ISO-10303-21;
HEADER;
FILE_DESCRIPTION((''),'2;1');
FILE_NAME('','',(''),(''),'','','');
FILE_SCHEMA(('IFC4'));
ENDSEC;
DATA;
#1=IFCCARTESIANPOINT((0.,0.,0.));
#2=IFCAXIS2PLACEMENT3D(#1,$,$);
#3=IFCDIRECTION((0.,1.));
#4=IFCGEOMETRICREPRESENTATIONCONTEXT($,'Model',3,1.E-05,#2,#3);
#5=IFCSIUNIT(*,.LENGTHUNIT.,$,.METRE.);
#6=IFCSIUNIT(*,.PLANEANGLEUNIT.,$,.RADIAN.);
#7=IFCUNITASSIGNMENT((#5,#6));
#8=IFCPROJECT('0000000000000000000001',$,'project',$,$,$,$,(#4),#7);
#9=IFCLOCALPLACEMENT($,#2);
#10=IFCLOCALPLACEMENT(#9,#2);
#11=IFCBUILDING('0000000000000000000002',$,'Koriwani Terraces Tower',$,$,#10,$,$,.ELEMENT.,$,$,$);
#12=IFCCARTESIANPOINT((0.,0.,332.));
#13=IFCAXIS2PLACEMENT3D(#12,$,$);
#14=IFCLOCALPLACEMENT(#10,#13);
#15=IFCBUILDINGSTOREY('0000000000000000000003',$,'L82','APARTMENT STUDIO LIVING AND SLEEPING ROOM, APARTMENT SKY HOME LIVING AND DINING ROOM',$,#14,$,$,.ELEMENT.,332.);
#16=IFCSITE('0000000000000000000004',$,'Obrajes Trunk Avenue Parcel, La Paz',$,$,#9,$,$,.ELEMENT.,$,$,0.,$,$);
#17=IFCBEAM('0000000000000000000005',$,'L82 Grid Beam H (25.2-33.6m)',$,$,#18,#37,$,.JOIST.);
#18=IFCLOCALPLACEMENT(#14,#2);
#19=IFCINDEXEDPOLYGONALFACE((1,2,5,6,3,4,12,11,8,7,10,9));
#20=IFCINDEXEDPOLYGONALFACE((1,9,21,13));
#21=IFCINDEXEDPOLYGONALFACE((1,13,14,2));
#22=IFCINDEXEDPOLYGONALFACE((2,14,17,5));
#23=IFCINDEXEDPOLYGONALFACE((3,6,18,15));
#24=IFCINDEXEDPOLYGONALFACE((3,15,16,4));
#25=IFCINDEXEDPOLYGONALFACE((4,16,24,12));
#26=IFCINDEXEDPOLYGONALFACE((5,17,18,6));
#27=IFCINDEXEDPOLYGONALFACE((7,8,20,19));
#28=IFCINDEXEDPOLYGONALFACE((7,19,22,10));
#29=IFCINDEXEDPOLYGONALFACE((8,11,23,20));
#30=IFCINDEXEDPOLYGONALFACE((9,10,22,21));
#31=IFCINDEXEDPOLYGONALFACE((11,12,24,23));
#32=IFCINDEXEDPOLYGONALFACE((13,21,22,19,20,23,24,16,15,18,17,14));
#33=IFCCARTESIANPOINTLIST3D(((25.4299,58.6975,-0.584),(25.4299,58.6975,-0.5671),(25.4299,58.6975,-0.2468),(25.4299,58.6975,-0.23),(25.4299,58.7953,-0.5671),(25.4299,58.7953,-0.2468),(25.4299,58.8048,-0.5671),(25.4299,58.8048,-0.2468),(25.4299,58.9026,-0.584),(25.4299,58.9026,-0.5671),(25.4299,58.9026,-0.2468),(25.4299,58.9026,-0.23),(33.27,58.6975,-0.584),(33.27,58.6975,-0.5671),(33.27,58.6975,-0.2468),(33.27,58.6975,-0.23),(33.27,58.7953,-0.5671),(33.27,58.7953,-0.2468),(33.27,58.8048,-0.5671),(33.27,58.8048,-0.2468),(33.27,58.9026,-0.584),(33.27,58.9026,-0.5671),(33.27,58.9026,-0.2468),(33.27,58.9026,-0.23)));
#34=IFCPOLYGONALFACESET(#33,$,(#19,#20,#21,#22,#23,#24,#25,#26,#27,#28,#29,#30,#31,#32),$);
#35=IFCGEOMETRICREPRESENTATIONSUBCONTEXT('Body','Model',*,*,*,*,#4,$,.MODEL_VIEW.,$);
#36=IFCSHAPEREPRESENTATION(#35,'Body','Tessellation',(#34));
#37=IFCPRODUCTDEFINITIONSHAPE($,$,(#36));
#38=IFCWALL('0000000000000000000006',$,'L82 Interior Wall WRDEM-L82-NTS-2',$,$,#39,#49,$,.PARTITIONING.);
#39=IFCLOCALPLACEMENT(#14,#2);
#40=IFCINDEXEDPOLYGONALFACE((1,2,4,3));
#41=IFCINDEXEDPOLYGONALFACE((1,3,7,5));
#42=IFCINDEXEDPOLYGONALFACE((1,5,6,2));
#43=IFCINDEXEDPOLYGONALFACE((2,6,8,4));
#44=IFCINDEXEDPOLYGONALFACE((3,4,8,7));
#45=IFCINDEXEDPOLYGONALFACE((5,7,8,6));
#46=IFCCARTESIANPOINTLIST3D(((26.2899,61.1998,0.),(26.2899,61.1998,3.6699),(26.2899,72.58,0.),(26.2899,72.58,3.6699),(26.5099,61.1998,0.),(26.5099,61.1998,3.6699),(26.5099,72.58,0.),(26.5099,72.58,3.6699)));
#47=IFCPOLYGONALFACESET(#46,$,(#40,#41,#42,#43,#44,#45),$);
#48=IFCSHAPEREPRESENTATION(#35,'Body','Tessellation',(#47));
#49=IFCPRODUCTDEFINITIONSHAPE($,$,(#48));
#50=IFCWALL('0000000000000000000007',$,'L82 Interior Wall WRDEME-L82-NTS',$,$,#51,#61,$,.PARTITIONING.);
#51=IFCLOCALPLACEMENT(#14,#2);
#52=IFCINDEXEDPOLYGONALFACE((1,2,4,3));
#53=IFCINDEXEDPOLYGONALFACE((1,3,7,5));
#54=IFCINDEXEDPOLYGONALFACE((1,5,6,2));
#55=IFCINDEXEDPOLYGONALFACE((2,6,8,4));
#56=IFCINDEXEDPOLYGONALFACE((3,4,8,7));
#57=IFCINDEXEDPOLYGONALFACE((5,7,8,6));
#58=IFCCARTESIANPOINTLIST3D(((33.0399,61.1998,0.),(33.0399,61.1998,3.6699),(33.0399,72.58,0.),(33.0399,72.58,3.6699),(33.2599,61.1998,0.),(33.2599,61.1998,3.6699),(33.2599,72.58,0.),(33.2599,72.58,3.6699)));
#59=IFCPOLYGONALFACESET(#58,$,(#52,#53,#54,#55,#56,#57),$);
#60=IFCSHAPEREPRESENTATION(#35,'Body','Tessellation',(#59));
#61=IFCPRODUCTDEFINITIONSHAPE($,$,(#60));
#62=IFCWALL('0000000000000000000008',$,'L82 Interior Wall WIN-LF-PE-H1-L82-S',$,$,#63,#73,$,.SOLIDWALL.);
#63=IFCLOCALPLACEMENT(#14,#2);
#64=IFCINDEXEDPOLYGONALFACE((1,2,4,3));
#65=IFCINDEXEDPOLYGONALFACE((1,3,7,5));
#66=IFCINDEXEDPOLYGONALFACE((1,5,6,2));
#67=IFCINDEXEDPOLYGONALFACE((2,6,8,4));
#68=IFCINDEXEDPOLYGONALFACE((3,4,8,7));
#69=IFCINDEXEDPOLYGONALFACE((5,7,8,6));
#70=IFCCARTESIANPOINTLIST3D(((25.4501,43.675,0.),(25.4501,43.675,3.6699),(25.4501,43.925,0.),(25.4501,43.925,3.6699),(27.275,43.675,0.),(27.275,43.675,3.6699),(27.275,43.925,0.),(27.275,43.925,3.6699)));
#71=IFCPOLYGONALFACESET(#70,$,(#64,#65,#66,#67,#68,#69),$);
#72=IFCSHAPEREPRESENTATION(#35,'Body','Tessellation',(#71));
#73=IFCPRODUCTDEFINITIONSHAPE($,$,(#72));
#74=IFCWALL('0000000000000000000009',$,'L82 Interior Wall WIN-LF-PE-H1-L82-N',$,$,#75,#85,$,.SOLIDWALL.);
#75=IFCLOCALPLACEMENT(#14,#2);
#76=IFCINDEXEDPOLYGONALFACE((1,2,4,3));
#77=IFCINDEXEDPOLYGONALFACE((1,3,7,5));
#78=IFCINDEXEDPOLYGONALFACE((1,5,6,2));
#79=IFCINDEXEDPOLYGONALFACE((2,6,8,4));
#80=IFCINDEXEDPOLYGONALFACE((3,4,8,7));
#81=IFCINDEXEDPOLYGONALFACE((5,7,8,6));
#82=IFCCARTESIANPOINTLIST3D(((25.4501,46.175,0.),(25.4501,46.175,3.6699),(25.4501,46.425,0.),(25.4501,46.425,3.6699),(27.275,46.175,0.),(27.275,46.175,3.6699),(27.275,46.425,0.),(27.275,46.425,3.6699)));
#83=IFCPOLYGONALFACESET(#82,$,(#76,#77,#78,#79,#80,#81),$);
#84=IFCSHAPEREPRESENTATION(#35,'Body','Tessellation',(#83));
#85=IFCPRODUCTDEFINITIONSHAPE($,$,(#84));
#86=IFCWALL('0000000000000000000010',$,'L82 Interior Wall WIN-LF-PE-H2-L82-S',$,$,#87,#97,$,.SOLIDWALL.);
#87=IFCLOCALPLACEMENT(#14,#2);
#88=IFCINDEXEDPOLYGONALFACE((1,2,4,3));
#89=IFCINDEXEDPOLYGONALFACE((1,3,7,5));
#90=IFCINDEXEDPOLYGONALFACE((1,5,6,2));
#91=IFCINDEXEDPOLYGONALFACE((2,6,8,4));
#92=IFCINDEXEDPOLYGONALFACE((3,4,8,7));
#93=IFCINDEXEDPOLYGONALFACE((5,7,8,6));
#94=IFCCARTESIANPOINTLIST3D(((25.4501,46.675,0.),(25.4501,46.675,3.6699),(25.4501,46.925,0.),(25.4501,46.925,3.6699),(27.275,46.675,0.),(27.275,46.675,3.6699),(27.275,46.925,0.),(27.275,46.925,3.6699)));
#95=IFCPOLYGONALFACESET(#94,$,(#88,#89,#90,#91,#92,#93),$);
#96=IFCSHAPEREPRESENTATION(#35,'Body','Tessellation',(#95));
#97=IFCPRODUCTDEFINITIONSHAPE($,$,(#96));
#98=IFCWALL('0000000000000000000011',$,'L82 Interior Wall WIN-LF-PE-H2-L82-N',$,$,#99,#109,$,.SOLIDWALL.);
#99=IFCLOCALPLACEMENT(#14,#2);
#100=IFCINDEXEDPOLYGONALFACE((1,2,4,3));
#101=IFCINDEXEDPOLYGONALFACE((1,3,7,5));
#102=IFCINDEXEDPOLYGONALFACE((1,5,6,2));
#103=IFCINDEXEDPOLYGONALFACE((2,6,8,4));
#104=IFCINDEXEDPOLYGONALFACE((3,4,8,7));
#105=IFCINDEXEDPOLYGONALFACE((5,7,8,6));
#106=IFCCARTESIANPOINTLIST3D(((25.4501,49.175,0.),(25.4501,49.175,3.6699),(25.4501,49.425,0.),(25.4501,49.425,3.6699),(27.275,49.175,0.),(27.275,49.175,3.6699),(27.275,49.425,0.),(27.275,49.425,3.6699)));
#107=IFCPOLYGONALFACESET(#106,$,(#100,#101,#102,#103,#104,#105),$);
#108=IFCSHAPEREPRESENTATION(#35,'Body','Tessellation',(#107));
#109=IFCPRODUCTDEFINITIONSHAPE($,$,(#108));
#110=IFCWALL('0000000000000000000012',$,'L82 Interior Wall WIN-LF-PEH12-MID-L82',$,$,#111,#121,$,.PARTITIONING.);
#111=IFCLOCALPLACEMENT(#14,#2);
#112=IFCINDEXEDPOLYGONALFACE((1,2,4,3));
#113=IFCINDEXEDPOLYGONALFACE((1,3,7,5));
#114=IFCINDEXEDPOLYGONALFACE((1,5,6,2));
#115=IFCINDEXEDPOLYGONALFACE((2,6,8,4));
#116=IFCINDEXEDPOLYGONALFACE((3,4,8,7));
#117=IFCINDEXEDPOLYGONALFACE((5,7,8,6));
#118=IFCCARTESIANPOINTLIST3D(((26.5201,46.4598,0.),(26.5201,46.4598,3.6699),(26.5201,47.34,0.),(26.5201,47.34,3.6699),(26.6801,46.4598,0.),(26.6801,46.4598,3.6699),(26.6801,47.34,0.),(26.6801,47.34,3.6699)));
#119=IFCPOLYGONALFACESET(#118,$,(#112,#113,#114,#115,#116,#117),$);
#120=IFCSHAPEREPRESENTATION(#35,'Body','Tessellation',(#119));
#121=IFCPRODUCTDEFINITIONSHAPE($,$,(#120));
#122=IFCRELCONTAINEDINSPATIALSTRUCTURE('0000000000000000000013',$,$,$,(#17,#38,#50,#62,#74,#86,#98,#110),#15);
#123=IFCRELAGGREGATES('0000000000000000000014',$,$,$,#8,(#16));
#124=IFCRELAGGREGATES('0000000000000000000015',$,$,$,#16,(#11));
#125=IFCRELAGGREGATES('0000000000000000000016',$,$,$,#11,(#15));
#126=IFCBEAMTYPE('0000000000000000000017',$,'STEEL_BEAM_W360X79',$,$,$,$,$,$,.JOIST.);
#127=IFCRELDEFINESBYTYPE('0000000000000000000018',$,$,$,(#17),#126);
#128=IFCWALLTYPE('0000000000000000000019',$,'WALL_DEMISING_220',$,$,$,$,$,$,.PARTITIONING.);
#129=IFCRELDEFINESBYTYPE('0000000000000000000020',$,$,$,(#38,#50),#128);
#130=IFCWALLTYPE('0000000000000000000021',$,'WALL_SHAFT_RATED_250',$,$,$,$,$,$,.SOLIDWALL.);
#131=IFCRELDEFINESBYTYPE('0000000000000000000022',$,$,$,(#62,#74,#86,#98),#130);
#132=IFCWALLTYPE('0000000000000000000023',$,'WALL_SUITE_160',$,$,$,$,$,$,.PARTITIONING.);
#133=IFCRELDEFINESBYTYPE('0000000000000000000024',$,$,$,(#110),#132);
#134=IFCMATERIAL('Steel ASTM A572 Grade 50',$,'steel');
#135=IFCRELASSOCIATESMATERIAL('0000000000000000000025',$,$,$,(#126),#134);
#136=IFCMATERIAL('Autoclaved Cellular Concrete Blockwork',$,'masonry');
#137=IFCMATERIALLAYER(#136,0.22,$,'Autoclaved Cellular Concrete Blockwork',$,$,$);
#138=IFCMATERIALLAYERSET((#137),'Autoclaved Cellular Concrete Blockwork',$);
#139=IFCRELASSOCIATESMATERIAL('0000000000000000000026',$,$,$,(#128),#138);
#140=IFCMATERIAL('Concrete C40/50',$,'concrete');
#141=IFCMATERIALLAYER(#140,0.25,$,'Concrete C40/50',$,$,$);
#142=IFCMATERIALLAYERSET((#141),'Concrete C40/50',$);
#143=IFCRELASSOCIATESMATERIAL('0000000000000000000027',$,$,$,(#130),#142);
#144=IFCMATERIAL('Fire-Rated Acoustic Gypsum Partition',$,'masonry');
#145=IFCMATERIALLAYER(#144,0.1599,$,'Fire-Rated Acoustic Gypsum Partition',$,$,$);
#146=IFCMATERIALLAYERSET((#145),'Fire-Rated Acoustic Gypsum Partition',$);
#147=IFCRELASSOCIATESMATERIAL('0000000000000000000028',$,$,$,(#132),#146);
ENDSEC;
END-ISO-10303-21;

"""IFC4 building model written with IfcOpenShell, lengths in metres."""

from ifc_helpers import new_model, si_unit, direction, frame, frame_2d, origin, origin_2d, place, context, subcontext, project, spatial, rectangle, i_section, extrude, material, layer, layer_set, material_profile, profile_set, type_object, element, save


model = new_model("IFC4")

# Units and contexts
model_context = context("Model", 3, precision=1e-05, world=origin(), true_north=direction((0.0, 1.0)))
body_context = subcontext(model_context, "Body", "Model", "MODEL_VIEW")
ifc_project = project(units=[si_unit("LENGTHUNIT", "METRE"), si_unit("PLANEANGLEUNIT", "RADIAN")], contexts=[model_context])

# Site, building, storey
site_placement = place(None, origin())
site = spatial("IfcSite", under=ifc_project, at=site_placement, Name="Obrajes Trunk Avenue Parcel, La Paz", CompositionType="ELEMENT", RefElevation=0.0)
building_placement = place(site_placement, origin())
building = spatial("IfcBuilding", under=site, at=building_placement, Name="Koriwani Terraces Tower", CompositionType="ELEMENT")
storey_placement = place(building_placement, frame((0.0, 0.0, 332.0)))
storey = spatial("IfcBuildingStorey", under=building, at=storey_placement, Name="L82", Description="APARTMENT STUDIO LIVING AND SLEEPING ROOM, APARTMENT SKY HOME LIVING AND DINING ROOM", CompositionType="ELEMENT", Elevation=332.0)

# Shared definitions
ifc_material_1 = material(Name="Concrete C40/50", Category="concrete")

# Shared definitions
ifc_material_2 = material(Name="Steel ASTM A572 Grade 50", Category="steel")

# Beam
ifc_material_profile_1 = material_profile(ifc_material_2, i_section(OverallWidth=0.2051, OverallDepth=0.354, WebThickness=0.0095, FlangeThickness=0.0168, at=origin_2d()), Name="Steel ASTM A572 Grade 50", Category="LoadBearing")
ifc_profile_set_1 = profile_set([ifc_material_profile_1], Name="Steel ASTM A572 Grade 50")
beam_type_1 = type_object("IfcBeamType", Name="STEEL_BEAM_W360X79", PredefinedType="JOIST", material=ifc_profile_set_1)
for number, where, z_axis, x_axis, name in (
    (1, (25.4299, 58.8, -0.407), (1.0, 0.0, 0.0), (0.0, 1.0, 0.0), "L82 Grid Beam H (25.2-33.6m)"),
):
    element("IfcBeam", number, at=place(storey_placement, frame(where, z_axis=z_axis, x_axis=x_axis)), inside=storey, type_object=beam_type_1, Name=name, PredefinedType="JOIST", context=body_context, shape_type="SweptSolid", body=[
        extrude(i_section(OverallWidth=0.2051, OverallDepth=0.354, WebThickness=0.0095, FlangeThickness=0.0168, at=origin_2d()), origin(), (0.0, 0.0, 1.0), 7.8401),
    ])

# Walls
ifc_material_3 = material(Name="Autoclaved Cellular Concrete Blockwork", Category="masonry")
ifc_layer_1 = layer(ifc_material_3, 0.22, Name="Autoclaved Cellular Concrete Blockwork")
ifc_layer_set_1 = layer_set([ifc_layer_1], Name="Autoclaved Cellular Concrete Blockwork")
wall_type_1 = type_object("IfcWallType", Name="WALL_DEMISING_220", PredefinedType="PARTITIONING", material=ifc_layer_set_1)
for number, where, z_axis, x_axis, name in (
    (2, (26.3999, 61.2, 0.0), (0.0, 0.0, 1.0), (0.0, 1.0, 0.0), "L82 Interior Wall WRDEM-L82-NTS-2"),
    (3, (33.1499, 61.2, 0.0), (0.0, 0.0, 1.0), (0.0, 1.0, 0.0), "L82 Interior Wall WRDEME-L82-NTS"),
):
    element("IfcWall", number, at=place(storey_placement, frame(where, z_axis=z_axis, x_axis=x_axis)), inside=storey, type_object=wall_type_1, Name=name, PredefinedType="PARTITIONING", context=body_context, shape_type="SweptSolid", body=[
        extrude(rectangle(XDim=11.3801, YDim=0.22, at=frame_2d((5.6899, 0.0))), origin(), (0.0, 0.0, 1.0), 3.6699),
    ])

# Shared definitions
ifc_layer_2 = layer(ifc_material_1, 0.25, Name="Concrete C40/50")
ifc_layer_set_2 = layer_set([ifc_layer_2], Name="Concrete C40/50")
wall_type_2 = type_object("IfcWallType", Name="WALL_SHAFT_RATED_250", PredefinedType="SOLIDWALL", material=ifc_layer_set_2)

# Walls
for number, where, z_axis, x_axis, name in (
    (4, (25.45, 43.8, 0.0), (0.0, 0.0, 1.0), (1.0, 0.0, 0.0), "L82 Interior Wall WIN-LF-PE-H1-L82-S"),
    (5, (25.45, 46.3, 0.0), (0.0, 0.0, 1.0), (1.0, 0.0, 0.0), "L82 Interior Wall WIN-LF-PE-H1-L82-N"),
):
    element("IfcWall", number, at=place(storey_placement, frame(where, z_axis=z_axis, x_axis=x_axis)), inside=storey, type_object=wall_type_2, Name=name, PredefinedType="SOLIDWALL", context=body_context, shape_type="SweptSolid", body=[
        extrude(rectangle(XDim=1.825, YDim=0.25, at=frame_2d((0.9126, 0.0))), origin(), (0.0, 0.0, 1.0), 3.6699),
    ])

# Walls
for number, where, z_axis, x_axis, name in (
    (6, (25.45, 46.8, 0.0), (0.0, 0.0, 1.0), (1.0, 0.0, 0.0), "L82 Interior Wall WIN-LF-PE-H2-L82-S"),
    (7, (25.45, 49.3, 0.0), (0.0, 0.0, 1.0), (1.0, 0.0, 0.0), "L82 Interior Wall WIN-LF-PE-H2-L82-N"),
):
    element("IfcWall", number, at=place(storey_placement, frame(where, z_axis=z_axis, x_axis=x_axis)), inside=storey, type_object=wall_type_2, Name=name, PredefinedType="SOLIDWALL", context=body_context, shape_type="SweptSolid", body=[
        extrude(rectangle(XDim=1.825, YDim=0.25, at=frame_2d((0.9126, 0.0))), origin(), (0.0, 0.0, 1.0), 3.6699),
    ])
ifc_material_4 = material(Name="Fire-Rated Acoustic Gypsum Partition", Category="masonry")
ifc_layer_3 = layer(ifc_material_4, 0.1599, Name="Fire-Rated Acoustic Gypsum Partition")
ifc_layer_set_3 = layer_set([ifc_layer_3], Name="Fire-Rated Acoustic Gypsum Partition")
wall_type_3 = type_object("IfcWallType", Name="WALL_SUITE_160", PredefinedType="PARTITIONING", material=ifc_layer_set_3)
wall_1_placement = place(storey_placement, frame((26.6001, 46.46, 0.0), z_axis=(0.0, 0.0, 1.0), x_axis=(0.0, 1.0, 0.0)))
element("IfcWall", 8, at=wall_1_placement, inside=storey, type_object=wall_type_3, Name="L82 Interior Wall WIN-LF-PEH12-MID-L82", PredefinedType="PARTITIONING", context=body_context, shape_type="SweptSolid", body=[
    extrude(rectangle(XDim=0.8801, YDim=0.1599, at=frame_2d((0.4399, 0.0))), origin(), (0.0, 0.0, 1.0), 3.6699),
])

save(model, "model.ifc")
